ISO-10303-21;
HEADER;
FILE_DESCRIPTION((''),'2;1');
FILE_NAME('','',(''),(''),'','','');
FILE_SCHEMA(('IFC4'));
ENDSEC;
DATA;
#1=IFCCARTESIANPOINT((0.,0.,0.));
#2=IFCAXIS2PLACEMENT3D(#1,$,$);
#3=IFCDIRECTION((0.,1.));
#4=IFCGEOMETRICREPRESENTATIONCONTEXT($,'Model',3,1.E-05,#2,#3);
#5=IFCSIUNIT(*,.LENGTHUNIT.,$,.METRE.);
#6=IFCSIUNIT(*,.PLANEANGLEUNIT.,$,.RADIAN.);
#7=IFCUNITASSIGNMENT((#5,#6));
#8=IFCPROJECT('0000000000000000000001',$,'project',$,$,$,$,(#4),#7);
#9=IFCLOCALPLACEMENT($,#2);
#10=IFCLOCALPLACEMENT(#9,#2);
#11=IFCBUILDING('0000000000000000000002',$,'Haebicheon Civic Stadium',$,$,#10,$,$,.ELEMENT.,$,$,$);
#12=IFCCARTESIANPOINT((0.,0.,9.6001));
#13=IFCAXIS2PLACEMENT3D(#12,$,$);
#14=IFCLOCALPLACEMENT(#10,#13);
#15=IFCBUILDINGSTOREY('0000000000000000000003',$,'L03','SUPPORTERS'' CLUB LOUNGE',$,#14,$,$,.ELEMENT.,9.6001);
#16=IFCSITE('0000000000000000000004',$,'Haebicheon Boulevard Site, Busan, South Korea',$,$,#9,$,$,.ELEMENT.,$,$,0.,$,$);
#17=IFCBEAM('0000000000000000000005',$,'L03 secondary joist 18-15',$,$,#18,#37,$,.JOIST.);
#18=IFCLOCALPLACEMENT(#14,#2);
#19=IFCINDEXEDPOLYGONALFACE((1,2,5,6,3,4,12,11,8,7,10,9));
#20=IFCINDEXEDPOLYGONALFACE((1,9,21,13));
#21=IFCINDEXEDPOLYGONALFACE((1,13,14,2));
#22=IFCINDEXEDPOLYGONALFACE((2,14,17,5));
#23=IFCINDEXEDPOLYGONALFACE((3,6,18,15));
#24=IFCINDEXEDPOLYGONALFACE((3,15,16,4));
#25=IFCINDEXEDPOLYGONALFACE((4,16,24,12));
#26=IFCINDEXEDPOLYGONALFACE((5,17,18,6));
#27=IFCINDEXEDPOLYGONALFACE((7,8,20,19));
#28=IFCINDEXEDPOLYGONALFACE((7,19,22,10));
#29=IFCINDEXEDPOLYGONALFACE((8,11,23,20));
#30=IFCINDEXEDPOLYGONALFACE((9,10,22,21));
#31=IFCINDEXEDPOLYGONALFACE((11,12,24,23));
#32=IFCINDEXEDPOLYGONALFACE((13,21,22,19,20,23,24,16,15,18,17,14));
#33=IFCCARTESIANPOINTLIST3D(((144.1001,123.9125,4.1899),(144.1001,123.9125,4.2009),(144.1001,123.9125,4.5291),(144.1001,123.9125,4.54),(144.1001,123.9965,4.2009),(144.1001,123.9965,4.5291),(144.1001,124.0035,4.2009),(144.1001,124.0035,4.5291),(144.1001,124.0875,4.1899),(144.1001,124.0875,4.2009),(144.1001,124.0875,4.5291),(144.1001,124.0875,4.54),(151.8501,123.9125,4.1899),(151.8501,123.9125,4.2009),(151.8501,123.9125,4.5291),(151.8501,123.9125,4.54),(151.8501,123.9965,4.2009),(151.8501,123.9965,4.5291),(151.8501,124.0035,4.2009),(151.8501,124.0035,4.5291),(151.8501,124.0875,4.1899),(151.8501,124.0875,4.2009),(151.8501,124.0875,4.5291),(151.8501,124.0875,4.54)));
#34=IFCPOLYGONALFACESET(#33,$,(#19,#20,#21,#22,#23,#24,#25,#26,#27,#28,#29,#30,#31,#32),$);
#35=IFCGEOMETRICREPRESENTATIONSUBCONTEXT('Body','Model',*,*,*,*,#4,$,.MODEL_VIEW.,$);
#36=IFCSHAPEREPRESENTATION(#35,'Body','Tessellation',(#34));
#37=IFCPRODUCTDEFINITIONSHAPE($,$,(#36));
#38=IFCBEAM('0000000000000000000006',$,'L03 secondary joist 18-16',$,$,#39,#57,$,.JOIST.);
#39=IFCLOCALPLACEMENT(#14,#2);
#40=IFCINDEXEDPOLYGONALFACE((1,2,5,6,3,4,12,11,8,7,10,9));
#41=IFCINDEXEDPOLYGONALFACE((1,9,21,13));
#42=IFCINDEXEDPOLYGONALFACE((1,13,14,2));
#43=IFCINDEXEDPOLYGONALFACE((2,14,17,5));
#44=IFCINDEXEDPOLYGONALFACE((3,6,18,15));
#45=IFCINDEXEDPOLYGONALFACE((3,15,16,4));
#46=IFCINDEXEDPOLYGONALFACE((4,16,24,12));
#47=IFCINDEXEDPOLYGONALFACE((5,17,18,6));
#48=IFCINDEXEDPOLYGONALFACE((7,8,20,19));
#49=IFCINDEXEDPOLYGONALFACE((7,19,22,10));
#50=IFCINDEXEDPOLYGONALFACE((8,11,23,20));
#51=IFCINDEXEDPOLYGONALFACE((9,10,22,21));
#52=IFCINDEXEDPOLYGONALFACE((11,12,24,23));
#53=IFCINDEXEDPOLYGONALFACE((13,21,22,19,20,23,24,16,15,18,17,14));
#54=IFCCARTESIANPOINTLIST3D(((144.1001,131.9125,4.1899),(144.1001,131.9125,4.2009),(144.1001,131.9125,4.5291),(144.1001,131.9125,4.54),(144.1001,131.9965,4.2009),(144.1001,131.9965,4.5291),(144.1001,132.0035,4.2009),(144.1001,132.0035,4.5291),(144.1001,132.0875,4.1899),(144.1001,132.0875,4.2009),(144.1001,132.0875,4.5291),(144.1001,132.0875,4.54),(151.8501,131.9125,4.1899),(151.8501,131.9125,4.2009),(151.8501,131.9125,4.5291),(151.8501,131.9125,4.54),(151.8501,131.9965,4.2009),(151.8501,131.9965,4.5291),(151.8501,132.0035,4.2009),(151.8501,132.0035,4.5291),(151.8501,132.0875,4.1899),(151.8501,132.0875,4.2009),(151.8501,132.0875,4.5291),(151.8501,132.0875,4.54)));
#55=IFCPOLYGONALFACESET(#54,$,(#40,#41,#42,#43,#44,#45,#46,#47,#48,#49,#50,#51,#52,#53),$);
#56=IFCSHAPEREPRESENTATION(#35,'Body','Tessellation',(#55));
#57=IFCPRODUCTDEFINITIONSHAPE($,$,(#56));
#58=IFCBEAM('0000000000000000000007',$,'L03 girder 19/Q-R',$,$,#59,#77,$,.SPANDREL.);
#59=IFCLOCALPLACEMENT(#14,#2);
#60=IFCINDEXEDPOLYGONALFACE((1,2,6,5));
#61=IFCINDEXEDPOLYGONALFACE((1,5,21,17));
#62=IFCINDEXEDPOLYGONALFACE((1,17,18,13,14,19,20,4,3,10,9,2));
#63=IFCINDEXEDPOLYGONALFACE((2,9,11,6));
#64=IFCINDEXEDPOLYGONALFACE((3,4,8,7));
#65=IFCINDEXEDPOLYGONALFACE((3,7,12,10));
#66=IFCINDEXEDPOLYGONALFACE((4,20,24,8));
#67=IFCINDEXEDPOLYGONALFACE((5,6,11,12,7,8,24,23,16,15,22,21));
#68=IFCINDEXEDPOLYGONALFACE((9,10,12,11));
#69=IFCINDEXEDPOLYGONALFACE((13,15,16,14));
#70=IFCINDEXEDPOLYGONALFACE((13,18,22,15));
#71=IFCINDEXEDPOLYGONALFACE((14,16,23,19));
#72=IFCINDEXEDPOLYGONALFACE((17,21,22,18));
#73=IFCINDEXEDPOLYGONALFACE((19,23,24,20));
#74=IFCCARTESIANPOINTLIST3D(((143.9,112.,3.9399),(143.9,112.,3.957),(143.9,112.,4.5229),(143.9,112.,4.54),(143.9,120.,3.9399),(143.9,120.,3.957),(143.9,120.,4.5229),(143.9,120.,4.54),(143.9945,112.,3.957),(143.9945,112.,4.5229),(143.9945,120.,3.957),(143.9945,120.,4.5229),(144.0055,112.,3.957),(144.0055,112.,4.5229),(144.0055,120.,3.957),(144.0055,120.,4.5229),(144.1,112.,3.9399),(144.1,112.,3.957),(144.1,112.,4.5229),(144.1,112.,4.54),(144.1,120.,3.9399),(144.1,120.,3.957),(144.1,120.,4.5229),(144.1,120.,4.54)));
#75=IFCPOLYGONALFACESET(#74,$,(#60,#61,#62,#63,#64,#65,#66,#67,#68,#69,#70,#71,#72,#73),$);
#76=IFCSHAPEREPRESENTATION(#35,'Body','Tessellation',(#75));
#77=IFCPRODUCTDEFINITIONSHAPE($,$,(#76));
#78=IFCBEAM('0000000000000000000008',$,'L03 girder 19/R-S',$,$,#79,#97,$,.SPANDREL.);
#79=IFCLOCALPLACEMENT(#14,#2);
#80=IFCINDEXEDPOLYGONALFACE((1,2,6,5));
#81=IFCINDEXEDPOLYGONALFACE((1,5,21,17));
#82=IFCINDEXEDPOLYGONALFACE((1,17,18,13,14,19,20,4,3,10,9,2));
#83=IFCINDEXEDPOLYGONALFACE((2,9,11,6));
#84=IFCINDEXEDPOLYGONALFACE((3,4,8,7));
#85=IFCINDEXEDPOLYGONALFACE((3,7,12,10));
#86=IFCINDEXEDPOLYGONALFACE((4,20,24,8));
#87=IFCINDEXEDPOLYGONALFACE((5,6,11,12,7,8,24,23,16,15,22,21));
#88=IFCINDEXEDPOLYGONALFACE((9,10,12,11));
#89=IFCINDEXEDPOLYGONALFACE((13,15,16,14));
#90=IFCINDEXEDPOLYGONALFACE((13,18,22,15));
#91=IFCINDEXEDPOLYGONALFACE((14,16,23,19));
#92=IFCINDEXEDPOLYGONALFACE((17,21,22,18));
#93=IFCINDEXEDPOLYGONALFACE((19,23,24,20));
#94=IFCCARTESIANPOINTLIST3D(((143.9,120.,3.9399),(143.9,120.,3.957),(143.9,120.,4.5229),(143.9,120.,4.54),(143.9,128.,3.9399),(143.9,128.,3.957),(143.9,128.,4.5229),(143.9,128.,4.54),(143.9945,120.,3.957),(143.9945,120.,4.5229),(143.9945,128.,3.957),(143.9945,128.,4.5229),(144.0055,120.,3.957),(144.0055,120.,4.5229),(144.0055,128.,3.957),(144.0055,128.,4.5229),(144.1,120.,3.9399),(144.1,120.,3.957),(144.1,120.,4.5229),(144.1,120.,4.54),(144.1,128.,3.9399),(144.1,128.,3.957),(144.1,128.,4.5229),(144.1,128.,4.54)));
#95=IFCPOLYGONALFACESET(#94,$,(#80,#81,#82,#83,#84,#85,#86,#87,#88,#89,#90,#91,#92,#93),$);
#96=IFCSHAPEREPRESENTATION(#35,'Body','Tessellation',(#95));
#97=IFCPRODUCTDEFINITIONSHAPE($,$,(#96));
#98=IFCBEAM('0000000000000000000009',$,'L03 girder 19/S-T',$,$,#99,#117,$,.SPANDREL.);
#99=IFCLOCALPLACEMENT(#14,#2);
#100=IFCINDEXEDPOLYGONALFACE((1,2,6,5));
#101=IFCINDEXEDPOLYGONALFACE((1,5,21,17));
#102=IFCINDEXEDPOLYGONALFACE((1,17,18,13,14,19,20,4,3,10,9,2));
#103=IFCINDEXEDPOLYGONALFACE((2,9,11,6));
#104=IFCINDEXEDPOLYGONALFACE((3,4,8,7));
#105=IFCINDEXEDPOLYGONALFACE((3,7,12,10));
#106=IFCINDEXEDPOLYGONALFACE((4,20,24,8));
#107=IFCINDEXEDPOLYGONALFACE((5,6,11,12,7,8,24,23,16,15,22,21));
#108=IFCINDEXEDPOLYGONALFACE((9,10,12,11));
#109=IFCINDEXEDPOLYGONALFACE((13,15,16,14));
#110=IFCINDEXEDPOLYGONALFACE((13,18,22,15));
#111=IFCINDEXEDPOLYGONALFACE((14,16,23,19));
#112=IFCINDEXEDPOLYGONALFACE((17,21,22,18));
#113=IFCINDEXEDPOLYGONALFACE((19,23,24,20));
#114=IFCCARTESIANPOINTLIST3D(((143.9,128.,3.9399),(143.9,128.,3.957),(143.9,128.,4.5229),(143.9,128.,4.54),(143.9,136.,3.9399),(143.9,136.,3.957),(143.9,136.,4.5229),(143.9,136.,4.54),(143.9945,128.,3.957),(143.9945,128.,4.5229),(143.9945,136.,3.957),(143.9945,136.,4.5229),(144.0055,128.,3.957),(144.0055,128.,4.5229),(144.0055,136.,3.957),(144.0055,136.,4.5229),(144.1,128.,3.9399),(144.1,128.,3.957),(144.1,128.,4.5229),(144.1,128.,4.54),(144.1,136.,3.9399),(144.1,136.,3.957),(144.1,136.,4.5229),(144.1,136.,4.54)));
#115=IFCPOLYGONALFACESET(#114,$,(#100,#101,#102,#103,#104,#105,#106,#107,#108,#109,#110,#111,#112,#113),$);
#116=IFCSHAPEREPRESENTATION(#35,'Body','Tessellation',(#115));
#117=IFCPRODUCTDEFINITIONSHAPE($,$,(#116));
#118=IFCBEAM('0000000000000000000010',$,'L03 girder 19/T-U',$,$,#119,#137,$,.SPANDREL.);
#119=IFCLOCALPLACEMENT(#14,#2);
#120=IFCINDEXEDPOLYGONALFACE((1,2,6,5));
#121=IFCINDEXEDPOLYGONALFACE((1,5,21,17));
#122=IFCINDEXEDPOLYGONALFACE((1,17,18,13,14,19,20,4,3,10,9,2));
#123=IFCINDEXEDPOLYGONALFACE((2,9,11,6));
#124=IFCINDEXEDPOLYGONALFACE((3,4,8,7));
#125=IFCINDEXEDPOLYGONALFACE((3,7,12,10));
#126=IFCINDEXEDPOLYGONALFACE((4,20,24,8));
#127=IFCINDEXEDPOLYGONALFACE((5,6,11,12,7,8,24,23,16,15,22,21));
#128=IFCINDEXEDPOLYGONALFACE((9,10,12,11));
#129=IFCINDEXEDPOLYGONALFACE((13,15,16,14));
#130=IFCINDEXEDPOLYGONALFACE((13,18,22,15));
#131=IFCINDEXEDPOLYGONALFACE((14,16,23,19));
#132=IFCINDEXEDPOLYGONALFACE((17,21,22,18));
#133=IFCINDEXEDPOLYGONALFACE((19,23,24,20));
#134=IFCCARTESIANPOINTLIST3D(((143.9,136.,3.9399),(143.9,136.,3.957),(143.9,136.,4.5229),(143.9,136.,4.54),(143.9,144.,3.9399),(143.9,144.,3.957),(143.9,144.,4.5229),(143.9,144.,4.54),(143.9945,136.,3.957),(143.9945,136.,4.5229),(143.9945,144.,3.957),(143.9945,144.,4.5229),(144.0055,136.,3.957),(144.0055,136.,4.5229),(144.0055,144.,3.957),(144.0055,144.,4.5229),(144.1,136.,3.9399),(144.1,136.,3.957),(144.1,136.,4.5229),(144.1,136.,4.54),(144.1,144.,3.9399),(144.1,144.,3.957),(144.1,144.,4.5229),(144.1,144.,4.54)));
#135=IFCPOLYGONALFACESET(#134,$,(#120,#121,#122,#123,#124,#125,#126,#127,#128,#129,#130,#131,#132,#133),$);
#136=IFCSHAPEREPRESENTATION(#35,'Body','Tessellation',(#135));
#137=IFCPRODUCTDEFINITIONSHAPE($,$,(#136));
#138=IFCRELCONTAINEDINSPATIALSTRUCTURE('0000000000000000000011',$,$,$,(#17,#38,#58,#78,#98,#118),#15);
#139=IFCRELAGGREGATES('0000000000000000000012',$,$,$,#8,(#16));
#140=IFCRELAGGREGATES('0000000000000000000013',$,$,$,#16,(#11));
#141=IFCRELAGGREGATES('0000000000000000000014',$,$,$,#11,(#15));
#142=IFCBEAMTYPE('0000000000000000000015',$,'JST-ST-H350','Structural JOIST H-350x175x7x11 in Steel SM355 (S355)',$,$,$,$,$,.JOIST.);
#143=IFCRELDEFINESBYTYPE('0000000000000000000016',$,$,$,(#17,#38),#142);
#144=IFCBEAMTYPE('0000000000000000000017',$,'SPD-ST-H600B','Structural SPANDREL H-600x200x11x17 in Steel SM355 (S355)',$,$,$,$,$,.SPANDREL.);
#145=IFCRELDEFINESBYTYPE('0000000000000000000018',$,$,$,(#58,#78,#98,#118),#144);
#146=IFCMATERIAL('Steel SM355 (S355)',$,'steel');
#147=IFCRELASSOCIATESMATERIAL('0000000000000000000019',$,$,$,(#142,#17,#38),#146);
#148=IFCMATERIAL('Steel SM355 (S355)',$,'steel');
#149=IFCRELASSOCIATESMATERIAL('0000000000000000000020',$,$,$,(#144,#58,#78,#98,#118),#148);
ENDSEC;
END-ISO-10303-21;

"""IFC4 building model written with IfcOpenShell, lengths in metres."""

from ifc_helpers import new_model, si_unit, direction, frame, origin, origin_2d, place, context, subcontext, project, spatial, i_section, extrude, material, material_profile, profile_set, type_object, element, save


model = new_model("IFC4")

# Units and contexts
model_context = context("Model", 3, precision=1e-05, world=origin(), true_north=direction((0.0, 1.0)))
body_context = subcontext(model_context, "Body", "Model", "MODEL_VIEW")
ifc_project = project(units=[si_unit("LENGTHUNIT", "METRE"), si_unit("PLANEANGLEUNIT", "RADIAN")], contexts=[model_context])

# Site, building, storey
site_placement = place(None, origin())
site = spatial("IfcSite", under=ifc_project, at=site_placement, Name="Haebicheon Boulevard Site, Busan, South Korea", CompositionType="ELEMENT", RefElevation=0.0)
building_placement = place(site_placement, origin())
building = spatial("IfcBuilding", under=site, at=building_placement, Name="Haebicheon Civic Stadium", CompositionType="ELEMENT")
storey_placement = place(building_placement, frame((0.0, 0.0, 9.6001)))
storey = spatial("IfcBuildingStorey", under=building, at=storey_placement, Name="L03", Description="SUPPORTERS' CLUB LOUNGE", CompositionType="ELEMENT", Elevation=9.6001)

# Beams
ifc_material_1 = material(Name="Steel SM355 (S355)", Category="steel")
ifc_material_profile_1 = material_profile(ifc_material_1, i_section(OverallWidth=0.175, OverallDepth=0.3501, WebThickness=0.0071, FlangeThickness=0.011, at=origin_2d()), Name="H-350x175x7x11")
ifc_profile_set_1 = profile_set([ifc_material_profile_1], Name="Steel SM355 (S355)")
beam_type_1 = type_object("IfcBeamType", Name="JST-ST-H350", Description="Structural JOIST H-350x175x7x11 in Steel SM355 (S355)", PredefinedType="JOIST", material=ifc_profile_set_1)
for number, where, z_axis, x_axis, name in (
    (1, (144.1001, 124.0, 4.365), (1.0, 0.0, 0.0), (0.0, 1.0, 0.0), "L03 secondary joist 18-15"),
    (2, (144.1001, 132.0, 4.365), (1.0, 0.0, 0.0), (0.0, 1.0, 0.0), "L03 secondary joist 18-16"),
):
    element("IfcBeam", number, at=place(storey_placement, frame(where, z_axis=z_axis, x_axis=x_axis)), inside=storey, type_object=beam_type_1, material=ifc_profile_set_1, Name=name, PredefinedType="JOIST", context=body_context, shape_type="SweptSolid", body=[
        extrude(i_section(OverallWidth=0.175, OverallDepth=0.3501, WebThickness=0.0071, FlangeThickness=0.011, at=origin_2d()), origin(), (0.0, 0.0, 1.0), 7.75),
    ])
ifc_material_2 = material(Name="Steel SM355 (S355)", Category="steel")
ifc_material_profile_2 = material_profile(ifc_material_2, i_section(OverallWidth=0.2, OverallDepth=0.6001, WebThickness=0.011, FlangeThickness=0.0171, at=origin_2d()), Name="H-600x200x11x17")
ifc_profile_set_2 = profile_set([ifc_material_profile_2], Name="Steel SM355 (S355)")
beam_type_2 = type_object("IfcBeamType", Name="SPD-ST-H600B", Description="Structural SPANDREL H-600x200x11x17 in Steel SM355 (S355)", PredefinedType="SPANDREL", material=ifc_profile_set_2)
for number, where, z_axis, x_axis, name in (
    (3, (144.0, 112.0, 4.24), (0.0, 1.0, 0.0), (-1.0, 0.0, 0.0), "L03 girder 19/Q-R"),
    (4, (144.0, 120.0, 4.24), (0.0, 1.0, 0.0), (-1.0, 0.0, 0.0), "L03 girder 19/R-S"),
    (5, (144.0, 128.0, 4.24), (0.0, 1.0, 0.0), (-1.0, 0.0, 0.0), "L03 girder 19/S-T"),
    (6, (144.0, 136.0, 4.24), (0.0, 1.0, 0.0), (-1.0, 0.0, 0.0), "L03 girder 19/T-U"),
):
    element("IfcBeam", number, at=place(storey_placement, frame(where, z_axis=z_axis, x_axis=x_axis)), inside=storey, type_object=beam_type_2, material=ifc_profile_set_2, Name=name, PredefinedType="SPANDREL", context=body_context, shape_type="SweptSolid", body=[
        extrude(i_section(OverallWidth=0.2, OverallDepth=0.6001, WebThickness=0.011, FlangeThickness=0.0171, at=origin_2d()), origin(), (0.0, 0.0, 1.0), 8.0),
    ])

save(model, "model.ifc")
